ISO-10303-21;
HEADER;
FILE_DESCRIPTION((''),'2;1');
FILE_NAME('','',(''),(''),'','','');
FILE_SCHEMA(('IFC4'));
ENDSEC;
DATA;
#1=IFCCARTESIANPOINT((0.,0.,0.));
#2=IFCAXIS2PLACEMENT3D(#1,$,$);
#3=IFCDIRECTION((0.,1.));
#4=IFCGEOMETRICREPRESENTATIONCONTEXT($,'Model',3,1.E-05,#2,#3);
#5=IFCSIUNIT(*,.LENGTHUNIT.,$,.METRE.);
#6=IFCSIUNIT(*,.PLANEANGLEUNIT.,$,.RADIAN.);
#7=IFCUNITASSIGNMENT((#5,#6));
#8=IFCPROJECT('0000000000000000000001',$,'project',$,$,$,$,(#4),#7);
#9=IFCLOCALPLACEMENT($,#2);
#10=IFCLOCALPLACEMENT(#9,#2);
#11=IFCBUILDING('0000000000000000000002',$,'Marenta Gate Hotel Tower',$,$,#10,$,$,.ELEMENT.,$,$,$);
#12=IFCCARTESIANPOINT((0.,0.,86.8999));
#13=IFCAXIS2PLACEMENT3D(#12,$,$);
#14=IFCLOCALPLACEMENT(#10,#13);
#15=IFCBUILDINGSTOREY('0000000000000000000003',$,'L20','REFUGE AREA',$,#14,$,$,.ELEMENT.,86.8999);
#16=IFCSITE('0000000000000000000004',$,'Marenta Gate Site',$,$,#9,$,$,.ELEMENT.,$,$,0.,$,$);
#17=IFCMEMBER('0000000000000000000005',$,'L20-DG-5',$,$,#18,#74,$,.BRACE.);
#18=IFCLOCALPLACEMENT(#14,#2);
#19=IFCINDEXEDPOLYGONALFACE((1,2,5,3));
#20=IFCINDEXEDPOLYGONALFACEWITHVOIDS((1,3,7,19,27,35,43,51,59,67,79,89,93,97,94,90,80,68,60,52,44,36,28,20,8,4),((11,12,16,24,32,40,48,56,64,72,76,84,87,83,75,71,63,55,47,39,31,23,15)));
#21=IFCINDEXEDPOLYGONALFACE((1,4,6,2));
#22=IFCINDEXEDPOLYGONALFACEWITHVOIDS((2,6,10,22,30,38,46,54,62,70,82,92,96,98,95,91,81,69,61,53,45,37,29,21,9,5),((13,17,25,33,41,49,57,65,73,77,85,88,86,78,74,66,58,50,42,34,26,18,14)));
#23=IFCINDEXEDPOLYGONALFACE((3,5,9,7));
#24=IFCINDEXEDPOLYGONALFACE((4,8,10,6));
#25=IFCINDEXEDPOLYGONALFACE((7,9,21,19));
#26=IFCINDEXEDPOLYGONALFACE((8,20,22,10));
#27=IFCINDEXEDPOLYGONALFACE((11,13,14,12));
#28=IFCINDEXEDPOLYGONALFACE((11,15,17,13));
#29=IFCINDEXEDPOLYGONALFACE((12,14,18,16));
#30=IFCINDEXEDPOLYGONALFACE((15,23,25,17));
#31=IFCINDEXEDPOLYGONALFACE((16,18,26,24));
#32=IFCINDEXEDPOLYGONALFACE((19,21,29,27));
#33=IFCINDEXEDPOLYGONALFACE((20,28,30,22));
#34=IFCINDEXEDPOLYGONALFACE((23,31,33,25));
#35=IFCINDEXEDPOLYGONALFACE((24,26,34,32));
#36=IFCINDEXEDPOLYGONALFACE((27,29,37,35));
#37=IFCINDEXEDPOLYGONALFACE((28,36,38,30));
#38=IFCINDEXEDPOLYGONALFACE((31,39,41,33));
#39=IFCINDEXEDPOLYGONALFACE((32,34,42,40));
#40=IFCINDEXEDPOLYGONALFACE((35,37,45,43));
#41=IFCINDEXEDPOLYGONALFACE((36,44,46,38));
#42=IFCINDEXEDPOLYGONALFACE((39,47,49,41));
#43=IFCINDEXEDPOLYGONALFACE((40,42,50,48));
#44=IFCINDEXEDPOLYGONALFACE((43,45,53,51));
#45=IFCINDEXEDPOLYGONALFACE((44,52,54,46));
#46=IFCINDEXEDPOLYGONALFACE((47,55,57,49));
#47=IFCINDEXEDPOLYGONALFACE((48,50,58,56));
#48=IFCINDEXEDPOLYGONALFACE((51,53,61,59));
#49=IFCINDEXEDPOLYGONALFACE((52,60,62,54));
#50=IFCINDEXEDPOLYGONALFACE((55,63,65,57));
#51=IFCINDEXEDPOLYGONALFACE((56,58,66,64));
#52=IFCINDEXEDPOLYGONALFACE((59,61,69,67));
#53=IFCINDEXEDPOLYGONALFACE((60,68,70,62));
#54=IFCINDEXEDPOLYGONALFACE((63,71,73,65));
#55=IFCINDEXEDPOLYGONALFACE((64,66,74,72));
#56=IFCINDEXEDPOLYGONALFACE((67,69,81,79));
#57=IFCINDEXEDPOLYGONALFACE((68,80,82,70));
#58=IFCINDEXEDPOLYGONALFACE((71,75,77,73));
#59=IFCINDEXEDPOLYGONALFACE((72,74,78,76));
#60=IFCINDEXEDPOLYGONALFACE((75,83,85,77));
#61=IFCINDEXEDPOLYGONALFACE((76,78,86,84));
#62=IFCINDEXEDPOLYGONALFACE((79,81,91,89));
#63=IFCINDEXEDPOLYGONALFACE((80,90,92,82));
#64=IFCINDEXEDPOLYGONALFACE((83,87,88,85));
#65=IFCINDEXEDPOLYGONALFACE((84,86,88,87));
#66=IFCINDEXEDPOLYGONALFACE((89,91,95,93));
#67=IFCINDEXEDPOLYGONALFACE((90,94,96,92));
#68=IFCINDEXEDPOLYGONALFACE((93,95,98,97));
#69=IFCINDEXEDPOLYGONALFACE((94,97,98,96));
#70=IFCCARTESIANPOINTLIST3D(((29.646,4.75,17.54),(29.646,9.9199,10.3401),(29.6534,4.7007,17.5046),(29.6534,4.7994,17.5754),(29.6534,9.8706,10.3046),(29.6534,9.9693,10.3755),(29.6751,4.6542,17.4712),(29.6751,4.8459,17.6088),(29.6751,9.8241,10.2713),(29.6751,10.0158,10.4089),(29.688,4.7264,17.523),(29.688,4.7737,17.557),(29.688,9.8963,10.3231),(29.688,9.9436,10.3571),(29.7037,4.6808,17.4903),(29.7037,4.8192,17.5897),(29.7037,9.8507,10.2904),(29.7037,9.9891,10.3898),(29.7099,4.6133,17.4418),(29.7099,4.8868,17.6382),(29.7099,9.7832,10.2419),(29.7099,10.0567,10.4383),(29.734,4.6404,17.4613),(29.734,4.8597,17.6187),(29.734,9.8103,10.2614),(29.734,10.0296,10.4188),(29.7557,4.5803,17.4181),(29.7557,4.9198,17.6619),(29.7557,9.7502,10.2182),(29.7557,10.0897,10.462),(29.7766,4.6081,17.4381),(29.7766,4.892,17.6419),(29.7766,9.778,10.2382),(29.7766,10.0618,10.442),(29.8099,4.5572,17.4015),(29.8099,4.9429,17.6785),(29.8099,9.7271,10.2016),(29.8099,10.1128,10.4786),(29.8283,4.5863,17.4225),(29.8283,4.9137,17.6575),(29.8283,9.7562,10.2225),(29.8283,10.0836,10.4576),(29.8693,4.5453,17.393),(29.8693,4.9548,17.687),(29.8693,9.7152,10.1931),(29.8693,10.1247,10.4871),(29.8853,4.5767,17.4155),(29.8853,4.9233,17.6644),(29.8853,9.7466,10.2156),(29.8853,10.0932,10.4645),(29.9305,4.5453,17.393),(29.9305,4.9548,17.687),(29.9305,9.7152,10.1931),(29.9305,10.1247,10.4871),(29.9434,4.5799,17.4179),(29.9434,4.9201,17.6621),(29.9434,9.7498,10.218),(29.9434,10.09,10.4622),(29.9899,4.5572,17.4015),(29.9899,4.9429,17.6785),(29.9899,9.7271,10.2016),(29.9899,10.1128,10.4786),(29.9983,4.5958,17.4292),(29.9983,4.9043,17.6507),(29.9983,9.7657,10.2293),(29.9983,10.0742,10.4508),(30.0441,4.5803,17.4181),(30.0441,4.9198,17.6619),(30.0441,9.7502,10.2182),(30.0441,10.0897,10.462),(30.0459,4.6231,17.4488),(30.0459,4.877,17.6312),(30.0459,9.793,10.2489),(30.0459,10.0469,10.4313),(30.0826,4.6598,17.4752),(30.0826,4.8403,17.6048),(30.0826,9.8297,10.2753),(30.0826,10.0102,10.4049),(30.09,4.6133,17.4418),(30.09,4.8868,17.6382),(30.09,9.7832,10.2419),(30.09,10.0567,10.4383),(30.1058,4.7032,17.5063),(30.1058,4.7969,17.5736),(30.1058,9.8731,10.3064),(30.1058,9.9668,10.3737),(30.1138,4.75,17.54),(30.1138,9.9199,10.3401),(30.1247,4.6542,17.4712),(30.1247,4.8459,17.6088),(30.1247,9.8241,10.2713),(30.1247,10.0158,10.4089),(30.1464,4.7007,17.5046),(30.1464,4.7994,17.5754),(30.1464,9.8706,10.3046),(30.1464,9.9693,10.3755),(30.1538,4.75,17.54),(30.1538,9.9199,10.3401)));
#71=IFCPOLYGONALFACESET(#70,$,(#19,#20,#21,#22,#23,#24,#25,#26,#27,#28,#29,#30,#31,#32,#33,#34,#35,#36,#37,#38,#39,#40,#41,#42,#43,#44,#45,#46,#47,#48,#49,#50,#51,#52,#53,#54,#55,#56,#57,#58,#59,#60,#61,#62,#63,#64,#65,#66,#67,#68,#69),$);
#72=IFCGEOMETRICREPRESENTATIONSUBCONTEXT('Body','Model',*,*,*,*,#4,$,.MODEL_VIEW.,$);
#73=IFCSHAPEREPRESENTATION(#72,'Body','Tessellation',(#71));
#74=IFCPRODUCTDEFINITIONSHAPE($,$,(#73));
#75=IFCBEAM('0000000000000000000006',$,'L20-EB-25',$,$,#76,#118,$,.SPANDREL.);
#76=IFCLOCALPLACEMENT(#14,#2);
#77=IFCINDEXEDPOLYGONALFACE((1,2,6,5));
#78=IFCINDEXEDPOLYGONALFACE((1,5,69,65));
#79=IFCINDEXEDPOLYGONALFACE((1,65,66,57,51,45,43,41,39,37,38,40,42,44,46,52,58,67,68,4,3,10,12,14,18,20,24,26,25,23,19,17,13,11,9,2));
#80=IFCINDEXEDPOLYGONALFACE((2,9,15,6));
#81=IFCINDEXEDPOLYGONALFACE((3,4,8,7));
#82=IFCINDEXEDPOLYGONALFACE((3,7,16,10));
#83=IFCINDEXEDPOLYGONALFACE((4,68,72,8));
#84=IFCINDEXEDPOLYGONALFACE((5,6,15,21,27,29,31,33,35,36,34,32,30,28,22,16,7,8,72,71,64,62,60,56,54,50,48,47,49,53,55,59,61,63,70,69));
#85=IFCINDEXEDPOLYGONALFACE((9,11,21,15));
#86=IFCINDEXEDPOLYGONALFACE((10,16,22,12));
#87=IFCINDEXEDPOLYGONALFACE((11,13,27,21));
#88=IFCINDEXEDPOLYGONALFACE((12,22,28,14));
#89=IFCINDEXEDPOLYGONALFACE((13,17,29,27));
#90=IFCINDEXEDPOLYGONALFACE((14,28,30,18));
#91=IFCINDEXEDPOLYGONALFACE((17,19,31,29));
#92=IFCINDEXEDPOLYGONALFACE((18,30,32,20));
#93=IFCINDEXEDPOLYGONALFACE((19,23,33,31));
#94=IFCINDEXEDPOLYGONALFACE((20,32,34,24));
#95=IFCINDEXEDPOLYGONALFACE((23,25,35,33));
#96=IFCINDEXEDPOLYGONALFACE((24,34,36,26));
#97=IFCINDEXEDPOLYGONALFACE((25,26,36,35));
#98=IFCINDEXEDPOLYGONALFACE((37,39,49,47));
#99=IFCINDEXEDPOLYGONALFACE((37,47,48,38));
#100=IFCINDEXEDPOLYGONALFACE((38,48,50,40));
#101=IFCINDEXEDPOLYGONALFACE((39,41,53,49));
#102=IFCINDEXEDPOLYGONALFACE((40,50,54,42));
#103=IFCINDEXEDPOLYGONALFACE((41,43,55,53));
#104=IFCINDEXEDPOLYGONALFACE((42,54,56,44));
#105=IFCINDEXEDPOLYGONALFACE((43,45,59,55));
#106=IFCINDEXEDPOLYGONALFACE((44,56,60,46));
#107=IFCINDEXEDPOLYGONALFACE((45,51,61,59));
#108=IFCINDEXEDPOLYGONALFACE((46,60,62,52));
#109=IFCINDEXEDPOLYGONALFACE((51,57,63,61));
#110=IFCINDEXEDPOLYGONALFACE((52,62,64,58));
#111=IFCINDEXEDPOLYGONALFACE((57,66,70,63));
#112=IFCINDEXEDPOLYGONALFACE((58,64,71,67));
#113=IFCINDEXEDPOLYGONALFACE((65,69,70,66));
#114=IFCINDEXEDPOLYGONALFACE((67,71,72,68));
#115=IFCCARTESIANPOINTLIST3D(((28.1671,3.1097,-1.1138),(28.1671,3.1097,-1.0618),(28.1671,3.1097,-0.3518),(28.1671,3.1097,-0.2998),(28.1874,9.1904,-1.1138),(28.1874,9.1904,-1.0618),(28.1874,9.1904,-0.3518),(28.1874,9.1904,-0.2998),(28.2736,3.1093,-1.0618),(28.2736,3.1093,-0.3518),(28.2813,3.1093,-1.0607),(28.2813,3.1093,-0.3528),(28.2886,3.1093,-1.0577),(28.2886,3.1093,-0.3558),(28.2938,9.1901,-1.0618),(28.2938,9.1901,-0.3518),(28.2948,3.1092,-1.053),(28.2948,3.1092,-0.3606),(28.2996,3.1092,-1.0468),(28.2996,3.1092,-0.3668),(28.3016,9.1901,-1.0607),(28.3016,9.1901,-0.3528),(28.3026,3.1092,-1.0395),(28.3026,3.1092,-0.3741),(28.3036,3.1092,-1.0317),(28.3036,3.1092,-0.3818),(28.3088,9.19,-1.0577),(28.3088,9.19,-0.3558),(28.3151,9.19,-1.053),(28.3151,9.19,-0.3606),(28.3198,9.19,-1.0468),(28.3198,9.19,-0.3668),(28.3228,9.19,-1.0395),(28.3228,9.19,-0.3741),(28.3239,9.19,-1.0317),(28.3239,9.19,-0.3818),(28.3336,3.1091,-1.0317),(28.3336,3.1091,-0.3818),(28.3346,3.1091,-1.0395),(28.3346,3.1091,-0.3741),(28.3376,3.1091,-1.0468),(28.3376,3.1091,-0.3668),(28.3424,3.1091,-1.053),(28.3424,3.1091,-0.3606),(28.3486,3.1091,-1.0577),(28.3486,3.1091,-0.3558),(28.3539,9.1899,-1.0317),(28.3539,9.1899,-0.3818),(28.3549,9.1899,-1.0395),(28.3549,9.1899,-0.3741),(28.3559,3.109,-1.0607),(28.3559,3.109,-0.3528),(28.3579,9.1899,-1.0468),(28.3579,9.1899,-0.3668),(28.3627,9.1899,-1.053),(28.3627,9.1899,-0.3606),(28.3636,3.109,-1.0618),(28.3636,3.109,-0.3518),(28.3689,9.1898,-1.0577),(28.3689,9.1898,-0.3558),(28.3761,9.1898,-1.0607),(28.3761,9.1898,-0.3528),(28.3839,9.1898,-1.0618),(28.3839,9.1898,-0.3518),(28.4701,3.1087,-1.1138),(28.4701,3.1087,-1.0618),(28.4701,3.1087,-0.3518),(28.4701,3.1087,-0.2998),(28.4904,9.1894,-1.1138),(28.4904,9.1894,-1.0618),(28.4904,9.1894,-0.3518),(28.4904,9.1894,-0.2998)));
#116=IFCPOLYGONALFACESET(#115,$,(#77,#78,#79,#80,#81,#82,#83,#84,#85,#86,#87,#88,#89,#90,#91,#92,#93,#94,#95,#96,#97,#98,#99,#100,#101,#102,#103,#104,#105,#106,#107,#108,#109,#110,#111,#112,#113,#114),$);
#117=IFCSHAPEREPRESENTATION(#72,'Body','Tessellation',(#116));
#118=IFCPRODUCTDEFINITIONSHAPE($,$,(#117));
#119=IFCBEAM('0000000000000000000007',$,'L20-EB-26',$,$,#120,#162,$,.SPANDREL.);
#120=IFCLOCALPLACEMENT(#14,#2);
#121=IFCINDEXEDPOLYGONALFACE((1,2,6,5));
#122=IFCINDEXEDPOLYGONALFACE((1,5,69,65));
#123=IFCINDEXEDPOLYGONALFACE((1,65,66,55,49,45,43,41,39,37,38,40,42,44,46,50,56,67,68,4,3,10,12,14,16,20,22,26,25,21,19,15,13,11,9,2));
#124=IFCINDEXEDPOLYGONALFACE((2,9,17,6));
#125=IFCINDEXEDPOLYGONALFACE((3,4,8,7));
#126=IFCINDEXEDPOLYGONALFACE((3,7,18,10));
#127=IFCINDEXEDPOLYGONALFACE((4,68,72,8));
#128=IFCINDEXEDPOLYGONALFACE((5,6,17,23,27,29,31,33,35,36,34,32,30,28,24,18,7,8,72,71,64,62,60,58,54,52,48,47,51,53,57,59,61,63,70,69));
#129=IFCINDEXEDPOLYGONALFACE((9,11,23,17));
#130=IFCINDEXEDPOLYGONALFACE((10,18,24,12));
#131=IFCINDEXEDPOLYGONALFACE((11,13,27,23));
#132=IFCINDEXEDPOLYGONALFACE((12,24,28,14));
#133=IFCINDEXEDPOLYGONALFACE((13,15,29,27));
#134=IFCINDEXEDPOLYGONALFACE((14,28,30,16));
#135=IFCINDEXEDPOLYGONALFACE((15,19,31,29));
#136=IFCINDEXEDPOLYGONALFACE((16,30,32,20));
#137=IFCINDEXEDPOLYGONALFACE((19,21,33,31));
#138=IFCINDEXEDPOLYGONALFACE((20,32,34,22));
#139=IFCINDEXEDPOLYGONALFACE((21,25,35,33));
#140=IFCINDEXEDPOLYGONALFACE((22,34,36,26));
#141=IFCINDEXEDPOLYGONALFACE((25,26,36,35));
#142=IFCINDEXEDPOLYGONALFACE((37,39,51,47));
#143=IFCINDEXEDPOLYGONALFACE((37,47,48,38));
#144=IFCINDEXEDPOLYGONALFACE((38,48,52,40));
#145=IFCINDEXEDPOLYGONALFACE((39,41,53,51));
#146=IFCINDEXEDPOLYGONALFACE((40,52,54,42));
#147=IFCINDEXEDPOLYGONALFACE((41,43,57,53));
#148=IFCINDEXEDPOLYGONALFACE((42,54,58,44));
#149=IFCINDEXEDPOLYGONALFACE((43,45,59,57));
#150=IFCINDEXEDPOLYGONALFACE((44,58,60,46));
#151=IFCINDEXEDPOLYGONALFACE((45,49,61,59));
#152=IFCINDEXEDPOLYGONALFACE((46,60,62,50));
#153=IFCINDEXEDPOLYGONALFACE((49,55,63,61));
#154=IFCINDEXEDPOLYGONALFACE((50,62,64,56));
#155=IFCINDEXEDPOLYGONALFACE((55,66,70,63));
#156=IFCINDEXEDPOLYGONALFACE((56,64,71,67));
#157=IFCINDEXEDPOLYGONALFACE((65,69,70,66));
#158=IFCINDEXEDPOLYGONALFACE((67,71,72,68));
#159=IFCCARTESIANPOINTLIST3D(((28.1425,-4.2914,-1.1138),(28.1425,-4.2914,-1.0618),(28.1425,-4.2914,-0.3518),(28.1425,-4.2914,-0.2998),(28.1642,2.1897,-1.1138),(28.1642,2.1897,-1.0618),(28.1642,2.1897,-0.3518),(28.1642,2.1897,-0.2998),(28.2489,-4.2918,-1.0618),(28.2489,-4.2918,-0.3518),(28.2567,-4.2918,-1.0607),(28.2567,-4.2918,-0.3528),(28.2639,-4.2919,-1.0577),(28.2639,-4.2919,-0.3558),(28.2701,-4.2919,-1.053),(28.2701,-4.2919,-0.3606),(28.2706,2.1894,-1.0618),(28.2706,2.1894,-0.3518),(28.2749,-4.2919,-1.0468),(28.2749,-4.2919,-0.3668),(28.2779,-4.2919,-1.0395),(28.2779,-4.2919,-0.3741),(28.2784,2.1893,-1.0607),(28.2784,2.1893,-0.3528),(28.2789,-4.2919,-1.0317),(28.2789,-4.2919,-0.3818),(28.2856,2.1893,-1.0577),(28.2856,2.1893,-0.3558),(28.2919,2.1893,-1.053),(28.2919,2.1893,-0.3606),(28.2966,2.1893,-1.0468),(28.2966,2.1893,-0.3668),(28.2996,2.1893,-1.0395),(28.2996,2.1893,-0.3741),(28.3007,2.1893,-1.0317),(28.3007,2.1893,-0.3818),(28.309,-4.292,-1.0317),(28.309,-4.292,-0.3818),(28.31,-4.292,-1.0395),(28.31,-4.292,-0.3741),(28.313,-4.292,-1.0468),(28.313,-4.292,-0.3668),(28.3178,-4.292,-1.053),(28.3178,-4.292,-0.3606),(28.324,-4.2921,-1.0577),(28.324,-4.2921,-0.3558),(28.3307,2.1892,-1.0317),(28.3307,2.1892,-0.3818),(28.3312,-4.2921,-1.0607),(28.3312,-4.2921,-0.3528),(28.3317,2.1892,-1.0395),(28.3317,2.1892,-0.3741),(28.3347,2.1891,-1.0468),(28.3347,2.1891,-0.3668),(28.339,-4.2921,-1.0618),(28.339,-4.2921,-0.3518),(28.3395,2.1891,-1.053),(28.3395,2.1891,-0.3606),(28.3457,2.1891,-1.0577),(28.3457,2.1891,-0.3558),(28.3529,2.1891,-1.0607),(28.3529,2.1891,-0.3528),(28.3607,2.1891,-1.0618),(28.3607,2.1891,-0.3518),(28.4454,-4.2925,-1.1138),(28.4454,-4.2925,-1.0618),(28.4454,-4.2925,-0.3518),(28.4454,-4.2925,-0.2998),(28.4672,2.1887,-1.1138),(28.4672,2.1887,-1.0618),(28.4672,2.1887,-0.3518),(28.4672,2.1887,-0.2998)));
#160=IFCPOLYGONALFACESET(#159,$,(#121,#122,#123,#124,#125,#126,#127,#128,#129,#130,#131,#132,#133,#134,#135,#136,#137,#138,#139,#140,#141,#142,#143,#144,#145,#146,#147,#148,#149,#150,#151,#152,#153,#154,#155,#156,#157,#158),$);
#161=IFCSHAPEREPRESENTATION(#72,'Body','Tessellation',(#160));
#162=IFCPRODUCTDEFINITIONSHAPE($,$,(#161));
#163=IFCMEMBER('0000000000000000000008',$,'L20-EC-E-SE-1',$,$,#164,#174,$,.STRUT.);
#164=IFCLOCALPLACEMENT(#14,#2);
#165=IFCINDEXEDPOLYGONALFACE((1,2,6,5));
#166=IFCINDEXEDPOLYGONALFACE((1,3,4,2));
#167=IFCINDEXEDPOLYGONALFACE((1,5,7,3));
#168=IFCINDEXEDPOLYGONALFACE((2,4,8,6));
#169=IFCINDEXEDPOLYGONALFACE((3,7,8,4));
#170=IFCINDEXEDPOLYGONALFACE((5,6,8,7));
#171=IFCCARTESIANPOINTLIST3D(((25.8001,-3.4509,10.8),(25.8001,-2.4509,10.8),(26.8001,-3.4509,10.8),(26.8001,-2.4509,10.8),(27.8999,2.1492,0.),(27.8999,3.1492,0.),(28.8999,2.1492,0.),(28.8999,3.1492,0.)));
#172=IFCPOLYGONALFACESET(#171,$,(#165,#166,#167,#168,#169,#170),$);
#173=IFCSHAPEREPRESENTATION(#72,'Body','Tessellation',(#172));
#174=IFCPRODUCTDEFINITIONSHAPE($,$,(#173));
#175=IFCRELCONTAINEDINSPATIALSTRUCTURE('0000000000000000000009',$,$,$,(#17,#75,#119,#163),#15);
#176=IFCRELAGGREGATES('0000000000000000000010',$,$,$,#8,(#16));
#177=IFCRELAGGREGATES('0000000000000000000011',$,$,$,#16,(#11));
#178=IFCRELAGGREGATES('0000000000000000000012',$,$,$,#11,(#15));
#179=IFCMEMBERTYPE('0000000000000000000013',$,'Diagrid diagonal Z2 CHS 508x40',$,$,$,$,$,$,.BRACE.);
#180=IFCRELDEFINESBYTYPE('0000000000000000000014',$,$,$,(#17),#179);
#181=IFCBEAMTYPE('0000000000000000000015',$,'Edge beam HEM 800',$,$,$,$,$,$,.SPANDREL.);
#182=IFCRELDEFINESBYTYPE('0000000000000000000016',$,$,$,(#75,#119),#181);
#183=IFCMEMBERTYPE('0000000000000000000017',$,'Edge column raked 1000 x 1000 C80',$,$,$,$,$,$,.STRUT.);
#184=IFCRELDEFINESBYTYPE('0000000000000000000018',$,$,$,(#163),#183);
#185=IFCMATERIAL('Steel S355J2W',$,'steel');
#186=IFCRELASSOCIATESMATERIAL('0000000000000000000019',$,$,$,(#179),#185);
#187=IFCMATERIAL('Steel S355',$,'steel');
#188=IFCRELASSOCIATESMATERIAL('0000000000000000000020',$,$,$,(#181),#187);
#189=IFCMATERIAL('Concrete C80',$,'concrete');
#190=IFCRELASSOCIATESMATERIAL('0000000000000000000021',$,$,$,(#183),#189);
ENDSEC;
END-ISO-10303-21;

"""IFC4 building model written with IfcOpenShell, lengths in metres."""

from ifc_helpers import new_model, si_unit, direction, frame, origin, origin_2d, place, context, subcontext, project, spatial, rectangle, hollow_circle, i_section, extrude, material, material_profile, profile_set, type_object, element, save


model = new_model("IFC4")

# Units and contexts
model_context = context("Model", 3, precision=1e-05, world=origin(), true_north=direction((0.0, 1.0)))
body_context = subcontext(model_context, "Body", "Model", "MODEL_VIEW")
ifc_project = project(units=[si_unit("LENGTHUNIT", "METRE"), si_unit("PLANEANGLEUNIT", "RADIAN")], contexts=[model_context])

# Site, building, storey
site_placement = place(None, origin())
site = spatial("IfcSite", under=ifc_project, at=site_placement, Name="Marenta Gate Site", CompositionType="ELEMENT", RefElevation=0.0)
building_placement = place(site_placement, origin())
building = spatial("IfcBuilding", under=site, at=building_placement, Name="Marenta Gate Hotel Tower", CompositionType="ELEMENT")
storey_placement = place(building_placement, frame((0.0, 0.0, 86.8999)))
storey = spatial("IfcBuildingStorey", under=building, at=storey_placement, Name="L20", Description="REFUGE AREA", CompositionType="ELEMENT", Elevation=86.8999)

# Member
ifc_material_1 = material(Name="Steel S355J2W", Category="steel")
ifc_material_profile_1 = material_profile(ifc_material_1, hollow_circle(Radius=0.2539, WallThickness=0.04, at=origin_2d()), Name="CHS 508x40")
ifc_profile_set_1 = profile_set([ifc_material_profile_1], Name="Steel S355J2W")
member_type_1 = type_object("IfcMemberType", Name="Diagrid diagonal Z2 CHS 508x40", PredefinedType="BRACE", material=ifc_profile_set_1)
member_1_placement = place(storey_placement, frame((29.8999, 9.9199, 10.3401), z_axis=(0.0, -0.583261, 0.812285), x_axis=(1.0, 0.0, 0.0)))
element("IfcMember", 1, at=member_1_placement, inside=storey, type_object=member_type_1, Name="L20-DG-5", PredefinedType="BRACE", context=body_context, shape_type="SweptSolid", body=[
    extrude(hollow_circle(Radius=0.2539, WallThickness=0.04, at=origin_2d()), origin(), (0.0, 0.0, 1.0), 8.8638),
])

# Beams
ifc_material_2 = material(Name="Steel S355", Category="steel")
ifc_material_profile_2 = material_profile(ifc_material_2, i_section(OverallWidth=0.303, OverallDepth=0.814, WebThickness=0.03, FlangeThickness=0.052, FilletRadius=0.03, at=origin_2d()), Name="HEM 800")
ifc_profile_set_2 = profile_set([ifc_material_profile_2], Name="Steel S355")
beam_type_1 = type_object("IfcBeamType", Name="Edge beam HEM 800", PredefinedType="SPANDREL", material=ifc_profile_set_2)
beam_1_placement = place(storey_placement, frame((28.3389, 9.1899, -0.7068), z_axis=(-0.003332, -0.999994, 0.0), x_axis=(0.999994, -0.003332, 0.0)))
element("IfcBeam", 2, at=beam_1_placement, inside=storey, type_object=beam_type_1, Name="L20-EB-25", PredefinedType="SPANDREL", context=body_context, shape_type="SweptSolid", body=[
    extrude(i_section(OverallWidth=0.303, OverallDepth=0.814, WebThickness=0.03, FlangeThickness=0.052, FilletRadius=0.03, at=origin_2d()), origin(), (0.0, 0.0, 1.0), 6.0808),
])
beam_2_placement = place(storey_placement, frame((28.3157, 2.1892, -0.7068), z_axis=(-0.003353, -0.999994, 0.0), x_axis=(0.999994, -0.003353, 0.0)))
element("IfcBeam", 3, at=beam_2_placement, inside=storey, type_object=beam_type_1, Name="L20-EB-26", PredefinedType="SPANDREL", context=body_context, shape_type="SweptSolid", body=[
    extrude(i_section(OverallWidth=0.303, OverallDepth=0.814, WebThickness=0.03, FlangeThickness=0.052, FilletRadius=0.03, at=origin_2d()), origin(), (0.0, 0.0, 1.0), 6.4812),
])

# Member
ifc_material_3 = material(Name="Concrete C80", Category="concrete")
ifc_material_profile_3 = material_profile(ifc_material_3, rectangle(XDim=1.0, YDim=1.0, at=origin_2d()), Name="1000 x 1000")
ifc_profile_set_3 = profile_set([ifc_material_profile_3], Name="Concrete C80")
member_type_2 = type_object("IfcMemberType", Name="Edge column raked 1000 x 1000 C80", PredefinedType="STRUT", material=ifc_profile_set_3)
member_2_placement = place(storey_placement, frame((28.3999, 2.6492, 0.0), z_axis=(0.0, 0.0, 1.0), x_axis=(1.0, 0.0, 0.0)))
element("IfcMember", 4, at=member_2_placement, inside=storey, type_object=member_type_2, Name="L20-EC-E-SE-1", PredefinedType="STRUT", context=body_context, shape_type="SweptSolid", body=[
    extrude(rectangle(XDim=1.0, YDim=1.0, at=origin_2d()), origin(), (-0.170091, -0.453614, 0.874816), 12.3455),
])

save(model, "model.ifc")
